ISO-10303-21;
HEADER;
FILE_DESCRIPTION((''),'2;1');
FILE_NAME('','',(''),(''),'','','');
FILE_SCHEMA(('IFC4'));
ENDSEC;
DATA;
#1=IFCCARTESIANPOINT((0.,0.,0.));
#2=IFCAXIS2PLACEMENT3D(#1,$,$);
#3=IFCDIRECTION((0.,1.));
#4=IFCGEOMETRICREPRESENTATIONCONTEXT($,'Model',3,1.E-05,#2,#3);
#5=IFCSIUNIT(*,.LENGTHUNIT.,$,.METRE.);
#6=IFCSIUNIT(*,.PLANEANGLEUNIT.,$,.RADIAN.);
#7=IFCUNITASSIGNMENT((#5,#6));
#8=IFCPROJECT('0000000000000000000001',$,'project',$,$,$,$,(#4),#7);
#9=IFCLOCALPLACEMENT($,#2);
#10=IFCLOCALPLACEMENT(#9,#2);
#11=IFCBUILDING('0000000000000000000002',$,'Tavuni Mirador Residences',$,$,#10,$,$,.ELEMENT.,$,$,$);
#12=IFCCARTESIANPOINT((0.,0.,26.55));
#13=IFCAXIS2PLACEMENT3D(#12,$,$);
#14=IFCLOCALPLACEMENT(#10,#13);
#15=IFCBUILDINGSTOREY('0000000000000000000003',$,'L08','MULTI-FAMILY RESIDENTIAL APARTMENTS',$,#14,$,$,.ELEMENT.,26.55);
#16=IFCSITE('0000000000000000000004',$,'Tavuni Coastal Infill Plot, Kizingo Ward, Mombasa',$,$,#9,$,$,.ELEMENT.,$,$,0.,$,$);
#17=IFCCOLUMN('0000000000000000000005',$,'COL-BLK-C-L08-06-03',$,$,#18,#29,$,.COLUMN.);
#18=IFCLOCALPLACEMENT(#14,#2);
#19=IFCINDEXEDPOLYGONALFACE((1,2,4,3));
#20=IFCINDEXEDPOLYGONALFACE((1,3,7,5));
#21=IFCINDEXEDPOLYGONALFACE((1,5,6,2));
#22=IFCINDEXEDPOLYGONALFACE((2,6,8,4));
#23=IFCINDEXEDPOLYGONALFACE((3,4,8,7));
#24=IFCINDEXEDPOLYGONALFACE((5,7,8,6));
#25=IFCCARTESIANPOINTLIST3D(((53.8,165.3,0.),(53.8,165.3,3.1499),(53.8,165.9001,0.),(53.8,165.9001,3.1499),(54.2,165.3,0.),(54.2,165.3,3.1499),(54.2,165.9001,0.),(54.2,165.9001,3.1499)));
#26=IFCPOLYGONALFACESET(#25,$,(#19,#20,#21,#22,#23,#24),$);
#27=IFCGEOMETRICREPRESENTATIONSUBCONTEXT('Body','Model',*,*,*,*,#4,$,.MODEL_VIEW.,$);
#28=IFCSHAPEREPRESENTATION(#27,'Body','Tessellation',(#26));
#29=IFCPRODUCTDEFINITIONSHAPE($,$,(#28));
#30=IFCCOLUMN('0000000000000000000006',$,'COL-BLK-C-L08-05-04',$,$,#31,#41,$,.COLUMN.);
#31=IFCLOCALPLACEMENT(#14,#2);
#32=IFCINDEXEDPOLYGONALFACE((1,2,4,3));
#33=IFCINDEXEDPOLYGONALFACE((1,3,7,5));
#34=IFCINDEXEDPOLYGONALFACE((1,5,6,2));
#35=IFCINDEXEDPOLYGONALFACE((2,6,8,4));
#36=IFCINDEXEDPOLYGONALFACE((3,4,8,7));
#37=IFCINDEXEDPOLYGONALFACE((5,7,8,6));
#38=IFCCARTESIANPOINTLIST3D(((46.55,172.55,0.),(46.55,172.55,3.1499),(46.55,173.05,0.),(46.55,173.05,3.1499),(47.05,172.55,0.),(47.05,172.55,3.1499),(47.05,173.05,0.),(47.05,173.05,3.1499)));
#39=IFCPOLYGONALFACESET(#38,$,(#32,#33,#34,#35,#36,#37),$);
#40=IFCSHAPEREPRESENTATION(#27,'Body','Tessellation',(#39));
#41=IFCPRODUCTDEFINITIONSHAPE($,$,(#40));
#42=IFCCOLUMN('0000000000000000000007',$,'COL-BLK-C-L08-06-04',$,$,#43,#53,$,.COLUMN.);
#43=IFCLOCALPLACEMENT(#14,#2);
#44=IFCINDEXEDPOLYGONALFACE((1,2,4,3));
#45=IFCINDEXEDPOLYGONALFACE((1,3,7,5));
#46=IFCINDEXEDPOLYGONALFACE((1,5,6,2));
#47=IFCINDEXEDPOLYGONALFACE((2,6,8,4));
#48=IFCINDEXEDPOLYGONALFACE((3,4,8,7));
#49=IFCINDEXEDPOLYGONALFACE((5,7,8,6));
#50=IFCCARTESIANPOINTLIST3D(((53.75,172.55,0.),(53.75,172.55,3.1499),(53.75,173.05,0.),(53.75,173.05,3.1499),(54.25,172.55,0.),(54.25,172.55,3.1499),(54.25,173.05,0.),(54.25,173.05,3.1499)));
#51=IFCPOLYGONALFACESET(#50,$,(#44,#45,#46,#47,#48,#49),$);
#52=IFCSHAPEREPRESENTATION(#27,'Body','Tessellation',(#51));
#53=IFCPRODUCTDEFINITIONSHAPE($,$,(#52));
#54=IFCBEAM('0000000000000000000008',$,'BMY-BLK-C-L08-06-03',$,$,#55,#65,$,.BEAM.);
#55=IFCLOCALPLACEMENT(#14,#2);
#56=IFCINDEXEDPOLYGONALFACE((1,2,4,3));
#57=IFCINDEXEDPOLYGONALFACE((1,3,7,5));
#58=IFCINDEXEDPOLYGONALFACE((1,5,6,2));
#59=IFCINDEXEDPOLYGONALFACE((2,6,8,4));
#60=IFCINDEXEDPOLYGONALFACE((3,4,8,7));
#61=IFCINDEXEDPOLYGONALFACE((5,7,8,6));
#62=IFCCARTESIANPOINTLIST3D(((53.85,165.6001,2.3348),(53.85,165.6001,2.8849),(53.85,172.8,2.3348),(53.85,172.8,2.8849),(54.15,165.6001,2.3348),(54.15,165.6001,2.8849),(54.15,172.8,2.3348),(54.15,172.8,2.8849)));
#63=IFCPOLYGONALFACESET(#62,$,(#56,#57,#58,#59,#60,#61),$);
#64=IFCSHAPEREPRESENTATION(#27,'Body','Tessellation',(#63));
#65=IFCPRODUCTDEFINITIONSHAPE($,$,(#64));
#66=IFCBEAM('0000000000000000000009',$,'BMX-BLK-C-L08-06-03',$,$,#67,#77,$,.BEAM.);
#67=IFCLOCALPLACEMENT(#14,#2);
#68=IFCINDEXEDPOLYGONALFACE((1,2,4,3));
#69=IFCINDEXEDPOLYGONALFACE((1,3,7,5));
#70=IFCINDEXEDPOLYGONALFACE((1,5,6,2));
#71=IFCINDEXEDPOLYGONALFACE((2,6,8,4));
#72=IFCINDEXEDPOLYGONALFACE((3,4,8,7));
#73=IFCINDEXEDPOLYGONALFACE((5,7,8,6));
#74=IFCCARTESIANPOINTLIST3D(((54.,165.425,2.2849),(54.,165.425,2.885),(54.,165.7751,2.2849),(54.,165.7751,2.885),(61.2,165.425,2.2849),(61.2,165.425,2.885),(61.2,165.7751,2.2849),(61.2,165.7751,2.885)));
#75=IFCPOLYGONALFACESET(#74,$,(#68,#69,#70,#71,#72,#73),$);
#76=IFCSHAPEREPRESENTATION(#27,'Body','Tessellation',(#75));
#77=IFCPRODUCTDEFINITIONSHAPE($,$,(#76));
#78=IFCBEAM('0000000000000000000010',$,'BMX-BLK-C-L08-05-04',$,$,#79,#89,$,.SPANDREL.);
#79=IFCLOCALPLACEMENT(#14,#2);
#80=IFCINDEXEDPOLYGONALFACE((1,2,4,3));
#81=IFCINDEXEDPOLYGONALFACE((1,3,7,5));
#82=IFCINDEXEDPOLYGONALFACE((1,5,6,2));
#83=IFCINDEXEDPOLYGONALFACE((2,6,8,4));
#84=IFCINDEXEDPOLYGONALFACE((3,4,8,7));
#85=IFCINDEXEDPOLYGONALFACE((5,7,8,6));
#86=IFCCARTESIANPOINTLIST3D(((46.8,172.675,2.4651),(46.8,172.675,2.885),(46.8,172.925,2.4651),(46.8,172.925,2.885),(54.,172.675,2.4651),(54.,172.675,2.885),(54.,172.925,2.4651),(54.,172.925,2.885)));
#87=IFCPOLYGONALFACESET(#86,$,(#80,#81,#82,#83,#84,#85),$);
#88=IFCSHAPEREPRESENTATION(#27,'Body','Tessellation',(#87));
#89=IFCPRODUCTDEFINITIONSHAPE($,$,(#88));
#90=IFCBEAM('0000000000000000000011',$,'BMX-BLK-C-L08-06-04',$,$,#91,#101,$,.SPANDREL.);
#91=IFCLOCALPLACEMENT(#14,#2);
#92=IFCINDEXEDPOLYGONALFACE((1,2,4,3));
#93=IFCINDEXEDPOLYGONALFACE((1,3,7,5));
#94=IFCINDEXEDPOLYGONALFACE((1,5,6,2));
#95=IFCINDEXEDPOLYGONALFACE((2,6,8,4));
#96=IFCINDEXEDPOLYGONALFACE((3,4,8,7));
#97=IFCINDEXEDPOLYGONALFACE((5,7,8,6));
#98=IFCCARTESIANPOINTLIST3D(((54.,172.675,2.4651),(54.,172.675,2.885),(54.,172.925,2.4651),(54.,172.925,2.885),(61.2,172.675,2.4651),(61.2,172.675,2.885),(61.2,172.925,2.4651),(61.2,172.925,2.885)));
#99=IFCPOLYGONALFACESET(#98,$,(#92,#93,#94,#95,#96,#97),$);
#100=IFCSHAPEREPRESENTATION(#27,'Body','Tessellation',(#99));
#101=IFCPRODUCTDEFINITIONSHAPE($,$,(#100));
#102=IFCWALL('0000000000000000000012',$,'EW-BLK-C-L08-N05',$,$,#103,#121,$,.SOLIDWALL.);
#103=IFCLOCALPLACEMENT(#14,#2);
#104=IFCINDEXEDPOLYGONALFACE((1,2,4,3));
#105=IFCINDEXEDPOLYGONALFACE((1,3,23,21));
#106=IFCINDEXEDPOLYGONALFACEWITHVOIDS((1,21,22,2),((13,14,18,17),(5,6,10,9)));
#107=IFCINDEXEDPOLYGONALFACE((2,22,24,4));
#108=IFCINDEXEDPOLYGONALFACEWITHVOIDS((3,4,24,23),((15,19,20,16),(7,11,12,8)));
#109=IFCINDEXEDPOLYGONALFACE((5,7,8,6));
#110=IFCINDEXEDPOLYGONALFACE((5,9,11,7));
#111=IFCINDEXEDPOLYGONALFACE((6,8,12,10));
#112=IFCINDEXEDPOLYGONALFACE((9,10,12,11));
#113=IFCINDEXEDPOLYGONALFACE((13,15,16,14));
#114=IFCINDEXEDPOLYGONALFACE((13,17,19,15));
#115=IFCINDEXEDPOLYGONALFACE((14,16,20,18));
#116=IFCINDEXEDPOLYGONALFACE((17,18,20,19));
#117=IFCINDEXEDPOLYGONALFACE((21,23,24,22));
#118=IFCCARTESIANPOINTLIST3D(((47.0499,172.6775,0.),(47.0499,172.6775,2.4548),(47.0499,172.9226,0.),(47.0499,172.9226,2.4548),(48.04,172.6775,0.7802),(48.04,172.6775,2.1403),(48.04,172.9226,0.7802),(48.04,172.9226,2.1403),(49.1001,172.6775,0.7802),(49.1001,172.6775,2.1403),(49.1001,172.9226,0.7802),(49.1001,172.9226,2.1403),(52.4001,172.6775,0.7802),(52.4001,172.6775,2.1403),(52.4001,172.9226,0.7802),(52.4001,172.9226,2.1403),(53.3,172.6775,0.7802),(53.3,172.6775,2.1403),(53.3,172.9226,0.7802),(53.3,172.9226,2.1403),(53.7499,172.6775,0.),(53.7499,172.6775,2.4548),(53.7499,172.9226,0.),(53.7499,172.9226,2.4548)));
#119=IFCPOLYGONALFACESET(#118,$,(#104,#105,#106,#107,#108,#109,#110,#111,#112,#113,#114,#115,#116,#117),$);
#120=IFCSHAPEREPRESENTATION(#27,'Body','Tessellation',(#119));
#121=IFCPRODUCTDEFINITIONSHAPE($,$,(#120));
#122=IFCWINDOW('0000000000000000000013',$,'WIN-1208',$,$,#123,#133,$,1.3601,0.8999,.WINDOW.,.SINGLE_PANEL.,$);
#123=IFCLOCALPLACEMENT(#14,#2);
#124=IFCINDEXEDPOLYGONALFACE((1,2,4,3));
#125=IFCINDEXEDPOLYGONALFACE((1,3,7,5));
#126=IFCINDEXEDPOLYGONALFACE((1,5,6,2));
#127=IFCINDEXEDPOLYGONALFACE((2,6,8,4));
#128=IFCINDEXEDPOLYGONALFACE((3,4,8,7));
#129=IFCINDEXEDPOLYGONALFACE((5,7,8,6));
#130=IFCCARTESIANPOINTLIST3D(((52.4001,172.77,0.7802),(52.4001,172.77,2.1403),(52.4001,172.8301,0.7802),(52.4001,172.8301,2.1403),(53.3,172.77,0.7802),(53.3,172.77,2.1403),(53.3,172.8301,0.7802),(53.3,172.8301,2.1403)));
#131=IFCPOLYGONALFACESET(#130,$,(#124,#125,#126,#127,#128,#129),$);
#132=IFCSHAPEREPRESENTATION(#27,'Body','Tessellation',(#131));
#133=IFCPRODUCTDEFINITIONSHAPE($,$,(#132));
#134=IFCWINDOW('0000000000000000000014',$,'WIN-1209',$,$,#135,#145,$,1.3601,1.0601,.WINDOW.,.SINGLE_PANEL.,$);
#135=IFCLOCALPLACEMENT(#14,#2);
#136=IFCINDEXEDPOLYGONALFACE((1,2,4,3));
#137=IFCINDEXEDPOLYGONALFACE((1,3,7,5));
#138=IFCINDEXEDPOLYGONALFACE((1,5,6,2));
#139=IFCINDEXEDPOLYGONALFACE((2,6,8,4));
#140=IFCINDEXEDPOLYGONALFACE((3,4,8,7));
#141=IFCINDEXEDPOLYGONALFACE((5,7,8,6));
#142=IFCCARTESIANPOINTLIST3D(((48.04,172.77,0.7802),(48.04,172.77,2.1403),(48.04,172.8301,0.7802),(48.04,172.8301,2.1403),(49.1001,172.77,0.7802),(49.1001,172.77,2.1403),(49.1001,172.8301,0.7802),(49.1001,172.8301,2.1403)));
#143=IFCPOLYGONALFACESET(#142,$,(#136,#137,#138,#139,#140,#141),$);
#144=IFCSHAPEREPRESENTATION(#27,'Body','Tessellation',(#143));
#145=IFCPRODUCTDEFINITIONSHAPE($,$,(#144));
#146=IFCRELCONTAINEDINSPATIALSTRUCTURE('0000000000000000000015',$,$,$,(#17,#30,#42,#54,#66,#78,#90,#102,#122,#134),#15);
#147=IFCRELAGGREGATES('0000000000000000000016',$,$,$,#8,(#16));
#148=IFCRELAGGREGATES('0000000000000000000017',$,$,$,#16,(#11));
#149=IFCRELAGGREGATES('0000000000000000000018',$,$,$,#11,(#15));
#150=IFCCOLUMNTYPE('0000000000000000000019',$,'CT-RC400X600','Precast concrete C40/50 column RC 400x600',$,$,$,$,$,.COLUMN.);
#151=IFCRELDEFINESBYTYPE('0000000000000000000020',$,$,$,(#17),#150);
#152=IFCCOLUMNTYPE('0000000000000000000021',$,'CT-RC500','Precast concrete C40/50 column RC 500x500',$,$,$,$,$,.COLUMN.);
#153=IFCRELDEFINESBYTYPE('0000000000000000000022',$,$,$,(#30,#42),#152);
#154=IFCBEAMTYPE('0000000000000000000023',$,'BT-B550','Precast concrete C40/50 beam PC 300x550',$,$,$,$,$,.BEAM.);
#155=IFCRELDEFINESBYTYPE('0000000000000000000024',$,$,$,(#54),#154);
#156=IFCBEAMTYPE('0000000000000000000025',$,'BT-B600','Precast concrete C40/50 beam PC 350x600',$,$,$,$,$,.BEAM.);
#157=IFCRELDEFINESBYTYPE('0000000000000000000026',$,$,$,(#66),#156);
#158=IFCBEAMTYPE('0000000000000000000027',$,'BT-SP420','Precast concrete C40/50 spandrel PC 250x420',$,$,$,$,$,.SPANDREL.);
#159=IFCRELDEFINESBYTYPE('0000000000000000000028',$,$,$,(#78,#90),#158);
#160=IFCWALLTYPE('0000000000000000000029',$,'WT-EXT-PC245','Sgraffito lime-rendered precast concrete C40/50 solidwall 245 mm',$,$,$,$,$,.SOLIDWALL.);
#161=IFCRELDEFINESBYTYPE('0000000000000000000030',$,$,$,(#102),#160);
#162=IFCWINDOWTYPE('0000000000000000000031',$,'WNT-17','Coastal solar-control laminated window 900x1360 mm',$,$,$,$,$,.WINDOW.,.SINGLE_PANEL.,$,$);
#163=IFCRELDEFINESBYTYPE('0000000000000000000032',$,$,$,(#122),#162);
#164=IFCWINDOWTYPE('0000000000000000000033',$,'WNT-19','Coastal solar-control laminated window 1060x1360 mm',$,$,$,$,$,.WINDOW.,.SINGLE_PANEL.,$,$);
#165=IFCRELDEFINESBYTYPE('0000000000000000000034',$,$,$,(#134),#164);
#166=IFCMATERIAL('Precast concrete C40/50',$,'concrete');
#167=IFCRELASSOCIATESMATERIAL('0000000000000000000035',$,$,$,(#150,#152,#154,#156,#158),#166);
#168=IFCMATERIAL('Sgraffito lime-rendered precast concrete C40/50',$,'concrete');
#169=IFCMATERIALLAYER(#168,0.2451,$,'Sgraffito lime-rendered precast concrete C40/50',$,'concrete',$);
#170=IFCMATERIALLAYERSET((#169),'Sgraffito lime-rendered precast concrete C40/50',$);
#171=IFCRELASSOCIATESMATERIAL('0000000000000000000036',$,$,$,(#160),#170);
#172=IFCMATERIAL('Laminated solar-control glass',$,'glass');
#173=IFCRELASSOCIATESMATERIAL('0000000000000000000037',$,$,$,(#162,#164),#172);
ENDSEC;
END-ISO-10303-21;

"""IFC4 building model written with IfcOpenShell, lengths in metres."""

from ifc_helpers import new_model, si_unit, direction, frame, frame_2d, origin, origin_2d, place, context, subcontext, project, spatial, rectangle, extrude, material, layer, layer_set, material_profile, profile_set, type_object, element, fill, save


model = new_model("IFC4")

# Units and contexts
model_context = context("Model", 3, precision=1e-05, world=origin(), true_north=direction((0.0, 1.0)))
body_context = subcontext(model_context, "Body", "Model", "MODEL_VIEW")
ifc_project = project(units=[si_unit("LENGTHUNIT", "METRE"), si_unit("PLANEANGLEUNIT", "RADIAN")], contexts=[model_context])

# Site, building, storey
site_placement = place(None, origin())
site = spatial("IfcSite", under=ifc_project, at=site_placement, Name="Tavuni Coastal Infill Plot, Kizingo Ward, Mombasa", CompositionType="ELEMENT", RefElevation=0.0)
building_placement = place(site_placement, origin())
building = spatial("IfcBuilding", under=site, at=building_placement, Name="Tavuni Mirador Residences", CompositionType="ELEMENT")
storey_placement = place(building_placement, frame((0.0, 0.0, 26.55)))
storey = spatial("IfcBuildingStorey", under=building, at=storey_placement, Name="L08", Description="MULTI-FAMILY RESIDENTIAL APARTMENTS", CompositionType="ELEMENT", Elevation=26.55)

# Columns
ifc_material_1 = material(Name="Precast concrete C40/50", Category="concrete")
ifc_material_profile_1 = material_profile(ifc_material_1, rectangle(XDim=0.3999, YDim=0.6001, at=origin_2d()), Name="RC 400x600", Category="concrete")
ifc_profile_set_1 = profile_set([ifc_material_profile_1], Name="Precast concrete C40/50")
column_type_1 = type_object("IfcColumnType", Name="CT-RC400X600", Description="Precast concrete C40/50 column RC 400x600", PredefinedType="COLUMN", material=ifc_profile_set_1)
column_placement = place(storey_placement, frame((54.0, 165.6001, 0.0), z_axis=(0.0, 0.0, 1.0), x_axis=(1.0, 0.0, 0.0)))
element("IfcColumn", 1, at=column_placement, inside=storey, type_object=column_type_1, Name="COL-BLK-C-L08-06-03", PredefinedType="COLUMN", context=body_context, shape_type="SweptSolid", body=[
    extrude(rectangle(XDim=0.3999, YDim=0.6001, at=origin_2d()), origin(), (0.0, 0.0, 1.0), 3.1499),
])
ifc_material_profile_2 = material_profile(ifc_material_1, rectangle(XDim=0.5, YDim=0.5, at=origin_2d()), Name="RC 500x500", Category="concrete")
ifc_profile_set_2 = profile_set([ifc_material_profile_2], Name="Precast concrete C40/50")
column_type_2 = type_object("IfcColumnType", Name="CT-RC500", Description="Precast concrete C40/50 column RC 500x500", PredefinedType="COLUMN", material=ifc_profile_set_2)
for number, where, z_axis, x_axis, name in (
    (2, (46.8, 172.8, 0.0), (0.0, 0.0, 1.0), (1.0, 0.0, 0.0), "COL-BLK-C-L08-05-04"),
    (3, (54.0, 172.8, 0.0), (0.0, 0.0, 1.0), (1.0, 0.0, 0.0), "COL-BLK-C-L08-06-04"),
):
    element("IfcColumn", number, at=place(storey_placement, frame(where, z_axis=z_axis, x_axis=x_axis)), inside=storey, type_object=column_type_2, Name=name, PredefinedType="COLUMN", context=body_context, shape_type="SweptSolid", body=[
        extrude(rectangle(XDim=0.5, YDim=0.5, at=origin_2d()), origin(), (0.0, 0.0, 1.0), 3.1499),
    ])

# Beams
ifc_material_profile_3 = material_profile(ifc_material_1, rectangle(XDim=0.3, YDim=0.55, at=origin_2d()), Name="PC 300x550", Category="concrete")
ifc_profile_set_3 = profile_set([ifc_material_profile_3], Name="Precast concrete C40/50")
beam_type_1 = type_object("IfcBeamType", Name="BT-B550", Description="Precast concrete C40/50 beam PC 300x550", PredefinedType="BEAM", material=ifc_profile_set_3)
beam_1_placement = place(storey_placement, frame((54.0, 165.6001, 2.6099), z_axis=(0.0, 1.0, 0.0), x_axis=(-1.0, 0.0, 0.0)))
element("IfcBeam", 4, at=beam_1_placement, inside=storey, type_object=beam_type_1, Name="BMY-BLK-C-L08-06-03", PredefinedType="BEAM", context=body_context, shape_type="SweptSolid", body=[
    extrude(rectangle(XDim=0.3, YDim=0.55, at=origin_2d()), origin(), (0.0, 0.0, 1.0), 7.2),
])
ifc_material_profile_4 = material_profile(ifc_material_1, rectangle(XDim=0.3501, YDim=0.6001, at=origin_2d()), Name="PC 350x600", Category="concrete")
ifc_profile_set_4 = profile_set([ifc_material_profile_4], Name="Precast concrete C40/50")
beam_type_2 = type_object("IfcBeamType", Name="BT-B600", Description="Precast concrete C40/50 beam PC 350x600", PredefinedType="BEAM", material=ifc_profile_set_4)
beam_2_placement = place(storey_placement, frame((54.0, 165.6001, 2.585), z_axis=(1.0, 0.0, 0.0), x_axis=(0.0, 1.0, 0.0)))
element("IfcBeam", 5, at=beam_2_placement, inside=storey, type_object=beam_type_2, Name="BMX-BLK-C-L08-06-03", PredefinedType="BEAM", context=body_context, shape_type="SweptSolid", body=[
    extrude(rectangle(XDim=0.3501, YDim=0.6001, at=origin_2d()), origin(), (0.0, 0.0, 1.0), 7.2),
])
ifc_material_profile_5 = material_profile(ifc_material_1, rectangle(XDim=0.25, YDim=0.4199, at=origin_2d()), Name="PC 250x420", Category="concrete")
ifc_profile_set_5 = profile_set([ifc_material_profile_5], Name="Precast concrete C40/50")
beam_type_3 = type_object("IfcBeamType", Name="BT-SP420", Description="Precast concrete C40/50 spandrel PC 250x420", PredefinedType="SPANDREL", material=ifc_profile_set_5)
for number, where, z_axis, x_axis, name in (
    (6, (46.8, 172.8, 2.675), (1.0, 0.0, 0.0), (0.0, 1.0, 0.0), "BMX-BLK-C-L08-05-04"),
    (7, (54.0, 172.8, 2.675), (1.0, 0.0, 0.0), (0.0, 1.0, 0.0), "BMX-BLK-C-L08-06-04"),
):
    element("IfcBeam", number, at=place(storey_placement, frame(where, z_axis=z_axis, x_axis=x_axis)), inside=storey, type_object=beam_type_3, Name=name, PredefinedType="SPANDREL", context=body_context, shape_type="SweptSolid", body=[
        extrude(rectangle(XDim=0.25, YDim=0.4199, at=origin_2d()), origin(), (0.0, 0.0, 1.0), 7.2),
    ])

# Wall, openings, windows
ifc_material_2 = material(Name="Sgraffito lime-rendered precast concrete C40/50", Category="concrete")
ifc_layer_1 = layer(ifc_material_2, 0.2451, Name="Sgraffito lime-rendered precast concrete C40/50", Category="concrete")
ifc_layer_set_1 = layer_set([ifc_layer_1], Name="Sgraffito lime-rendered precast concrete C40/50")
wall_type_1 = type_object("IfcWallType", Name="WT-EXT-PC245", Description="Sgraffito lime-rendered precast concrete C40/50 solidwall 245 mm", PredefinedType="SOLIDWALL", material=ifc_layer_set_1)
wall_1_placement = place(storey_placement, frame((53.75, 172.8, 0.0), z_axis=(0.0, 0.0, 1.0), x_axis=(-1.0, 0.0, 0.0)))
wall_1 = element("IfcWall", 8, at=wall_1_placement, inside=storey, type_object=wall_type_1, Name="EW-BLK-C-L08-N05", PredefinedType="SOLIDWALL", context=body_context, shape_type="SweptSolid", body=[
    extrude(rectangle(XDim=6.7, YDim=0.2451, at=frame_2d((3.3501, 0.0))), origin(), (0.0, 0.0, 1.0), 2.4548),
])
opening_1_placement = place(wall_1_placement, frame((0.45, 0.0, 0.78)))
opening_1 = element("IfcOpeningElement", 9, at=opening_1_placement, cuts=wall_1, PredefinedType="OPENING", context=body_context, shape_type="SweptSolid", body=[
    extrude(rectangle(XDim=0.8999, YDim=1.3601, at=frame_2d((0.45, 0.6802))), frame((0.0, 0.1326, 0.0), z_axis=(0.0, -1.0, 0.0), x_axis=(1.0, 0.0, 0.0)), (0.0, 0.0, 1.0), 0.2651),
])
opening_2_placement = place(wall_1_placement, frame((4.6499, 0.0, 0.78)))
opening_2 = element("IfcOpeningElement", 10, at=opening_2_placement, cuts=wall_1, PredefinedType="OPENING", context=body_context, shape_type="SweptSolid", body=[
    extrude(rectangle(XDim=1.0601, YDim=1.3601, at=frame_2d((0.53, 0.6802))), frame((0.0, 0.1326, 0.0), z_axis=(0.0, -1.0, 0.0), x_axis=(1.0, 0.0, 0.0)), (0.0, 0.0, 1.0), 0.2651),
])
ifc_material_3 = material(Name="Laminated solar-control glass", Category="glass")
window_type_1 = type_object("IfcWindowType", Name="WNT-17", Description="Coastal solar-control laminated window 900x1360 mm", PartitioningType="SINGLE_PANEL", PredefinedType="WINDOW", material=ifc_material_3)
window_1_placement = place(opening_1_placement, origin())
window_1 = element("IfcWindow", 11, at=window_1_placement, inside=storey, type_object=window_type_1, Name="WIN-1208", OverallHeight=1.3601, OverallWidth=0.8999, PartitioningType="SINGLE_PANEL", PredefinedType="WINDOW", context=body_context, shape_type="SweptSolid", body=[
    extrude(rectangle(XDim=0.8999, YDim=1.3601, at=frame_2d((0.45, 0.6802))), frame((0.0, 0.03, 0.0), z_axis=(0.0, -1.0, 0.0), x_axis=(1.0, 0.0, 0.0)), (0.0, 0.0, 1.0), 0.0601),
])
fill(opening_1, window_1)
window_type_2 = type_object("IfcWindowType", Name="WNT-19", Description="Coastal solar-control laminated window 1060x1360 mm", PartitioningType="SINGLE_PANEL", PredefinedType="WINDOW", material=ifc_material_3)
window_2_placement = place(opening_2_placement, origin())
window_2 = element("IfcWindow", 12, at=window_2_placement, inside=storey, type_object=window_type_2, Name="WIN-1209", OverallHeight=1.3601, OverallWidth=1.0601, PartitioningType="SINGLE_PANEL", PredefinedType="WINDOW", context=body_context, shape_type="SweptSolid", body=[
    extrude(rectangle(XDim=1.0601, YDim=1.3601, at=frame_2d((0.53, 0.6802))), frame((0.0, 0.03, 0.0), z_axis=(0.0, -1.0, 0.0), x_axis=(1.0, 0.0, 0.0)), (0.0, 0.0, 1.0), 0.0601),
])
fill(opening_2, window_2)

save(model, "model.ifc")
